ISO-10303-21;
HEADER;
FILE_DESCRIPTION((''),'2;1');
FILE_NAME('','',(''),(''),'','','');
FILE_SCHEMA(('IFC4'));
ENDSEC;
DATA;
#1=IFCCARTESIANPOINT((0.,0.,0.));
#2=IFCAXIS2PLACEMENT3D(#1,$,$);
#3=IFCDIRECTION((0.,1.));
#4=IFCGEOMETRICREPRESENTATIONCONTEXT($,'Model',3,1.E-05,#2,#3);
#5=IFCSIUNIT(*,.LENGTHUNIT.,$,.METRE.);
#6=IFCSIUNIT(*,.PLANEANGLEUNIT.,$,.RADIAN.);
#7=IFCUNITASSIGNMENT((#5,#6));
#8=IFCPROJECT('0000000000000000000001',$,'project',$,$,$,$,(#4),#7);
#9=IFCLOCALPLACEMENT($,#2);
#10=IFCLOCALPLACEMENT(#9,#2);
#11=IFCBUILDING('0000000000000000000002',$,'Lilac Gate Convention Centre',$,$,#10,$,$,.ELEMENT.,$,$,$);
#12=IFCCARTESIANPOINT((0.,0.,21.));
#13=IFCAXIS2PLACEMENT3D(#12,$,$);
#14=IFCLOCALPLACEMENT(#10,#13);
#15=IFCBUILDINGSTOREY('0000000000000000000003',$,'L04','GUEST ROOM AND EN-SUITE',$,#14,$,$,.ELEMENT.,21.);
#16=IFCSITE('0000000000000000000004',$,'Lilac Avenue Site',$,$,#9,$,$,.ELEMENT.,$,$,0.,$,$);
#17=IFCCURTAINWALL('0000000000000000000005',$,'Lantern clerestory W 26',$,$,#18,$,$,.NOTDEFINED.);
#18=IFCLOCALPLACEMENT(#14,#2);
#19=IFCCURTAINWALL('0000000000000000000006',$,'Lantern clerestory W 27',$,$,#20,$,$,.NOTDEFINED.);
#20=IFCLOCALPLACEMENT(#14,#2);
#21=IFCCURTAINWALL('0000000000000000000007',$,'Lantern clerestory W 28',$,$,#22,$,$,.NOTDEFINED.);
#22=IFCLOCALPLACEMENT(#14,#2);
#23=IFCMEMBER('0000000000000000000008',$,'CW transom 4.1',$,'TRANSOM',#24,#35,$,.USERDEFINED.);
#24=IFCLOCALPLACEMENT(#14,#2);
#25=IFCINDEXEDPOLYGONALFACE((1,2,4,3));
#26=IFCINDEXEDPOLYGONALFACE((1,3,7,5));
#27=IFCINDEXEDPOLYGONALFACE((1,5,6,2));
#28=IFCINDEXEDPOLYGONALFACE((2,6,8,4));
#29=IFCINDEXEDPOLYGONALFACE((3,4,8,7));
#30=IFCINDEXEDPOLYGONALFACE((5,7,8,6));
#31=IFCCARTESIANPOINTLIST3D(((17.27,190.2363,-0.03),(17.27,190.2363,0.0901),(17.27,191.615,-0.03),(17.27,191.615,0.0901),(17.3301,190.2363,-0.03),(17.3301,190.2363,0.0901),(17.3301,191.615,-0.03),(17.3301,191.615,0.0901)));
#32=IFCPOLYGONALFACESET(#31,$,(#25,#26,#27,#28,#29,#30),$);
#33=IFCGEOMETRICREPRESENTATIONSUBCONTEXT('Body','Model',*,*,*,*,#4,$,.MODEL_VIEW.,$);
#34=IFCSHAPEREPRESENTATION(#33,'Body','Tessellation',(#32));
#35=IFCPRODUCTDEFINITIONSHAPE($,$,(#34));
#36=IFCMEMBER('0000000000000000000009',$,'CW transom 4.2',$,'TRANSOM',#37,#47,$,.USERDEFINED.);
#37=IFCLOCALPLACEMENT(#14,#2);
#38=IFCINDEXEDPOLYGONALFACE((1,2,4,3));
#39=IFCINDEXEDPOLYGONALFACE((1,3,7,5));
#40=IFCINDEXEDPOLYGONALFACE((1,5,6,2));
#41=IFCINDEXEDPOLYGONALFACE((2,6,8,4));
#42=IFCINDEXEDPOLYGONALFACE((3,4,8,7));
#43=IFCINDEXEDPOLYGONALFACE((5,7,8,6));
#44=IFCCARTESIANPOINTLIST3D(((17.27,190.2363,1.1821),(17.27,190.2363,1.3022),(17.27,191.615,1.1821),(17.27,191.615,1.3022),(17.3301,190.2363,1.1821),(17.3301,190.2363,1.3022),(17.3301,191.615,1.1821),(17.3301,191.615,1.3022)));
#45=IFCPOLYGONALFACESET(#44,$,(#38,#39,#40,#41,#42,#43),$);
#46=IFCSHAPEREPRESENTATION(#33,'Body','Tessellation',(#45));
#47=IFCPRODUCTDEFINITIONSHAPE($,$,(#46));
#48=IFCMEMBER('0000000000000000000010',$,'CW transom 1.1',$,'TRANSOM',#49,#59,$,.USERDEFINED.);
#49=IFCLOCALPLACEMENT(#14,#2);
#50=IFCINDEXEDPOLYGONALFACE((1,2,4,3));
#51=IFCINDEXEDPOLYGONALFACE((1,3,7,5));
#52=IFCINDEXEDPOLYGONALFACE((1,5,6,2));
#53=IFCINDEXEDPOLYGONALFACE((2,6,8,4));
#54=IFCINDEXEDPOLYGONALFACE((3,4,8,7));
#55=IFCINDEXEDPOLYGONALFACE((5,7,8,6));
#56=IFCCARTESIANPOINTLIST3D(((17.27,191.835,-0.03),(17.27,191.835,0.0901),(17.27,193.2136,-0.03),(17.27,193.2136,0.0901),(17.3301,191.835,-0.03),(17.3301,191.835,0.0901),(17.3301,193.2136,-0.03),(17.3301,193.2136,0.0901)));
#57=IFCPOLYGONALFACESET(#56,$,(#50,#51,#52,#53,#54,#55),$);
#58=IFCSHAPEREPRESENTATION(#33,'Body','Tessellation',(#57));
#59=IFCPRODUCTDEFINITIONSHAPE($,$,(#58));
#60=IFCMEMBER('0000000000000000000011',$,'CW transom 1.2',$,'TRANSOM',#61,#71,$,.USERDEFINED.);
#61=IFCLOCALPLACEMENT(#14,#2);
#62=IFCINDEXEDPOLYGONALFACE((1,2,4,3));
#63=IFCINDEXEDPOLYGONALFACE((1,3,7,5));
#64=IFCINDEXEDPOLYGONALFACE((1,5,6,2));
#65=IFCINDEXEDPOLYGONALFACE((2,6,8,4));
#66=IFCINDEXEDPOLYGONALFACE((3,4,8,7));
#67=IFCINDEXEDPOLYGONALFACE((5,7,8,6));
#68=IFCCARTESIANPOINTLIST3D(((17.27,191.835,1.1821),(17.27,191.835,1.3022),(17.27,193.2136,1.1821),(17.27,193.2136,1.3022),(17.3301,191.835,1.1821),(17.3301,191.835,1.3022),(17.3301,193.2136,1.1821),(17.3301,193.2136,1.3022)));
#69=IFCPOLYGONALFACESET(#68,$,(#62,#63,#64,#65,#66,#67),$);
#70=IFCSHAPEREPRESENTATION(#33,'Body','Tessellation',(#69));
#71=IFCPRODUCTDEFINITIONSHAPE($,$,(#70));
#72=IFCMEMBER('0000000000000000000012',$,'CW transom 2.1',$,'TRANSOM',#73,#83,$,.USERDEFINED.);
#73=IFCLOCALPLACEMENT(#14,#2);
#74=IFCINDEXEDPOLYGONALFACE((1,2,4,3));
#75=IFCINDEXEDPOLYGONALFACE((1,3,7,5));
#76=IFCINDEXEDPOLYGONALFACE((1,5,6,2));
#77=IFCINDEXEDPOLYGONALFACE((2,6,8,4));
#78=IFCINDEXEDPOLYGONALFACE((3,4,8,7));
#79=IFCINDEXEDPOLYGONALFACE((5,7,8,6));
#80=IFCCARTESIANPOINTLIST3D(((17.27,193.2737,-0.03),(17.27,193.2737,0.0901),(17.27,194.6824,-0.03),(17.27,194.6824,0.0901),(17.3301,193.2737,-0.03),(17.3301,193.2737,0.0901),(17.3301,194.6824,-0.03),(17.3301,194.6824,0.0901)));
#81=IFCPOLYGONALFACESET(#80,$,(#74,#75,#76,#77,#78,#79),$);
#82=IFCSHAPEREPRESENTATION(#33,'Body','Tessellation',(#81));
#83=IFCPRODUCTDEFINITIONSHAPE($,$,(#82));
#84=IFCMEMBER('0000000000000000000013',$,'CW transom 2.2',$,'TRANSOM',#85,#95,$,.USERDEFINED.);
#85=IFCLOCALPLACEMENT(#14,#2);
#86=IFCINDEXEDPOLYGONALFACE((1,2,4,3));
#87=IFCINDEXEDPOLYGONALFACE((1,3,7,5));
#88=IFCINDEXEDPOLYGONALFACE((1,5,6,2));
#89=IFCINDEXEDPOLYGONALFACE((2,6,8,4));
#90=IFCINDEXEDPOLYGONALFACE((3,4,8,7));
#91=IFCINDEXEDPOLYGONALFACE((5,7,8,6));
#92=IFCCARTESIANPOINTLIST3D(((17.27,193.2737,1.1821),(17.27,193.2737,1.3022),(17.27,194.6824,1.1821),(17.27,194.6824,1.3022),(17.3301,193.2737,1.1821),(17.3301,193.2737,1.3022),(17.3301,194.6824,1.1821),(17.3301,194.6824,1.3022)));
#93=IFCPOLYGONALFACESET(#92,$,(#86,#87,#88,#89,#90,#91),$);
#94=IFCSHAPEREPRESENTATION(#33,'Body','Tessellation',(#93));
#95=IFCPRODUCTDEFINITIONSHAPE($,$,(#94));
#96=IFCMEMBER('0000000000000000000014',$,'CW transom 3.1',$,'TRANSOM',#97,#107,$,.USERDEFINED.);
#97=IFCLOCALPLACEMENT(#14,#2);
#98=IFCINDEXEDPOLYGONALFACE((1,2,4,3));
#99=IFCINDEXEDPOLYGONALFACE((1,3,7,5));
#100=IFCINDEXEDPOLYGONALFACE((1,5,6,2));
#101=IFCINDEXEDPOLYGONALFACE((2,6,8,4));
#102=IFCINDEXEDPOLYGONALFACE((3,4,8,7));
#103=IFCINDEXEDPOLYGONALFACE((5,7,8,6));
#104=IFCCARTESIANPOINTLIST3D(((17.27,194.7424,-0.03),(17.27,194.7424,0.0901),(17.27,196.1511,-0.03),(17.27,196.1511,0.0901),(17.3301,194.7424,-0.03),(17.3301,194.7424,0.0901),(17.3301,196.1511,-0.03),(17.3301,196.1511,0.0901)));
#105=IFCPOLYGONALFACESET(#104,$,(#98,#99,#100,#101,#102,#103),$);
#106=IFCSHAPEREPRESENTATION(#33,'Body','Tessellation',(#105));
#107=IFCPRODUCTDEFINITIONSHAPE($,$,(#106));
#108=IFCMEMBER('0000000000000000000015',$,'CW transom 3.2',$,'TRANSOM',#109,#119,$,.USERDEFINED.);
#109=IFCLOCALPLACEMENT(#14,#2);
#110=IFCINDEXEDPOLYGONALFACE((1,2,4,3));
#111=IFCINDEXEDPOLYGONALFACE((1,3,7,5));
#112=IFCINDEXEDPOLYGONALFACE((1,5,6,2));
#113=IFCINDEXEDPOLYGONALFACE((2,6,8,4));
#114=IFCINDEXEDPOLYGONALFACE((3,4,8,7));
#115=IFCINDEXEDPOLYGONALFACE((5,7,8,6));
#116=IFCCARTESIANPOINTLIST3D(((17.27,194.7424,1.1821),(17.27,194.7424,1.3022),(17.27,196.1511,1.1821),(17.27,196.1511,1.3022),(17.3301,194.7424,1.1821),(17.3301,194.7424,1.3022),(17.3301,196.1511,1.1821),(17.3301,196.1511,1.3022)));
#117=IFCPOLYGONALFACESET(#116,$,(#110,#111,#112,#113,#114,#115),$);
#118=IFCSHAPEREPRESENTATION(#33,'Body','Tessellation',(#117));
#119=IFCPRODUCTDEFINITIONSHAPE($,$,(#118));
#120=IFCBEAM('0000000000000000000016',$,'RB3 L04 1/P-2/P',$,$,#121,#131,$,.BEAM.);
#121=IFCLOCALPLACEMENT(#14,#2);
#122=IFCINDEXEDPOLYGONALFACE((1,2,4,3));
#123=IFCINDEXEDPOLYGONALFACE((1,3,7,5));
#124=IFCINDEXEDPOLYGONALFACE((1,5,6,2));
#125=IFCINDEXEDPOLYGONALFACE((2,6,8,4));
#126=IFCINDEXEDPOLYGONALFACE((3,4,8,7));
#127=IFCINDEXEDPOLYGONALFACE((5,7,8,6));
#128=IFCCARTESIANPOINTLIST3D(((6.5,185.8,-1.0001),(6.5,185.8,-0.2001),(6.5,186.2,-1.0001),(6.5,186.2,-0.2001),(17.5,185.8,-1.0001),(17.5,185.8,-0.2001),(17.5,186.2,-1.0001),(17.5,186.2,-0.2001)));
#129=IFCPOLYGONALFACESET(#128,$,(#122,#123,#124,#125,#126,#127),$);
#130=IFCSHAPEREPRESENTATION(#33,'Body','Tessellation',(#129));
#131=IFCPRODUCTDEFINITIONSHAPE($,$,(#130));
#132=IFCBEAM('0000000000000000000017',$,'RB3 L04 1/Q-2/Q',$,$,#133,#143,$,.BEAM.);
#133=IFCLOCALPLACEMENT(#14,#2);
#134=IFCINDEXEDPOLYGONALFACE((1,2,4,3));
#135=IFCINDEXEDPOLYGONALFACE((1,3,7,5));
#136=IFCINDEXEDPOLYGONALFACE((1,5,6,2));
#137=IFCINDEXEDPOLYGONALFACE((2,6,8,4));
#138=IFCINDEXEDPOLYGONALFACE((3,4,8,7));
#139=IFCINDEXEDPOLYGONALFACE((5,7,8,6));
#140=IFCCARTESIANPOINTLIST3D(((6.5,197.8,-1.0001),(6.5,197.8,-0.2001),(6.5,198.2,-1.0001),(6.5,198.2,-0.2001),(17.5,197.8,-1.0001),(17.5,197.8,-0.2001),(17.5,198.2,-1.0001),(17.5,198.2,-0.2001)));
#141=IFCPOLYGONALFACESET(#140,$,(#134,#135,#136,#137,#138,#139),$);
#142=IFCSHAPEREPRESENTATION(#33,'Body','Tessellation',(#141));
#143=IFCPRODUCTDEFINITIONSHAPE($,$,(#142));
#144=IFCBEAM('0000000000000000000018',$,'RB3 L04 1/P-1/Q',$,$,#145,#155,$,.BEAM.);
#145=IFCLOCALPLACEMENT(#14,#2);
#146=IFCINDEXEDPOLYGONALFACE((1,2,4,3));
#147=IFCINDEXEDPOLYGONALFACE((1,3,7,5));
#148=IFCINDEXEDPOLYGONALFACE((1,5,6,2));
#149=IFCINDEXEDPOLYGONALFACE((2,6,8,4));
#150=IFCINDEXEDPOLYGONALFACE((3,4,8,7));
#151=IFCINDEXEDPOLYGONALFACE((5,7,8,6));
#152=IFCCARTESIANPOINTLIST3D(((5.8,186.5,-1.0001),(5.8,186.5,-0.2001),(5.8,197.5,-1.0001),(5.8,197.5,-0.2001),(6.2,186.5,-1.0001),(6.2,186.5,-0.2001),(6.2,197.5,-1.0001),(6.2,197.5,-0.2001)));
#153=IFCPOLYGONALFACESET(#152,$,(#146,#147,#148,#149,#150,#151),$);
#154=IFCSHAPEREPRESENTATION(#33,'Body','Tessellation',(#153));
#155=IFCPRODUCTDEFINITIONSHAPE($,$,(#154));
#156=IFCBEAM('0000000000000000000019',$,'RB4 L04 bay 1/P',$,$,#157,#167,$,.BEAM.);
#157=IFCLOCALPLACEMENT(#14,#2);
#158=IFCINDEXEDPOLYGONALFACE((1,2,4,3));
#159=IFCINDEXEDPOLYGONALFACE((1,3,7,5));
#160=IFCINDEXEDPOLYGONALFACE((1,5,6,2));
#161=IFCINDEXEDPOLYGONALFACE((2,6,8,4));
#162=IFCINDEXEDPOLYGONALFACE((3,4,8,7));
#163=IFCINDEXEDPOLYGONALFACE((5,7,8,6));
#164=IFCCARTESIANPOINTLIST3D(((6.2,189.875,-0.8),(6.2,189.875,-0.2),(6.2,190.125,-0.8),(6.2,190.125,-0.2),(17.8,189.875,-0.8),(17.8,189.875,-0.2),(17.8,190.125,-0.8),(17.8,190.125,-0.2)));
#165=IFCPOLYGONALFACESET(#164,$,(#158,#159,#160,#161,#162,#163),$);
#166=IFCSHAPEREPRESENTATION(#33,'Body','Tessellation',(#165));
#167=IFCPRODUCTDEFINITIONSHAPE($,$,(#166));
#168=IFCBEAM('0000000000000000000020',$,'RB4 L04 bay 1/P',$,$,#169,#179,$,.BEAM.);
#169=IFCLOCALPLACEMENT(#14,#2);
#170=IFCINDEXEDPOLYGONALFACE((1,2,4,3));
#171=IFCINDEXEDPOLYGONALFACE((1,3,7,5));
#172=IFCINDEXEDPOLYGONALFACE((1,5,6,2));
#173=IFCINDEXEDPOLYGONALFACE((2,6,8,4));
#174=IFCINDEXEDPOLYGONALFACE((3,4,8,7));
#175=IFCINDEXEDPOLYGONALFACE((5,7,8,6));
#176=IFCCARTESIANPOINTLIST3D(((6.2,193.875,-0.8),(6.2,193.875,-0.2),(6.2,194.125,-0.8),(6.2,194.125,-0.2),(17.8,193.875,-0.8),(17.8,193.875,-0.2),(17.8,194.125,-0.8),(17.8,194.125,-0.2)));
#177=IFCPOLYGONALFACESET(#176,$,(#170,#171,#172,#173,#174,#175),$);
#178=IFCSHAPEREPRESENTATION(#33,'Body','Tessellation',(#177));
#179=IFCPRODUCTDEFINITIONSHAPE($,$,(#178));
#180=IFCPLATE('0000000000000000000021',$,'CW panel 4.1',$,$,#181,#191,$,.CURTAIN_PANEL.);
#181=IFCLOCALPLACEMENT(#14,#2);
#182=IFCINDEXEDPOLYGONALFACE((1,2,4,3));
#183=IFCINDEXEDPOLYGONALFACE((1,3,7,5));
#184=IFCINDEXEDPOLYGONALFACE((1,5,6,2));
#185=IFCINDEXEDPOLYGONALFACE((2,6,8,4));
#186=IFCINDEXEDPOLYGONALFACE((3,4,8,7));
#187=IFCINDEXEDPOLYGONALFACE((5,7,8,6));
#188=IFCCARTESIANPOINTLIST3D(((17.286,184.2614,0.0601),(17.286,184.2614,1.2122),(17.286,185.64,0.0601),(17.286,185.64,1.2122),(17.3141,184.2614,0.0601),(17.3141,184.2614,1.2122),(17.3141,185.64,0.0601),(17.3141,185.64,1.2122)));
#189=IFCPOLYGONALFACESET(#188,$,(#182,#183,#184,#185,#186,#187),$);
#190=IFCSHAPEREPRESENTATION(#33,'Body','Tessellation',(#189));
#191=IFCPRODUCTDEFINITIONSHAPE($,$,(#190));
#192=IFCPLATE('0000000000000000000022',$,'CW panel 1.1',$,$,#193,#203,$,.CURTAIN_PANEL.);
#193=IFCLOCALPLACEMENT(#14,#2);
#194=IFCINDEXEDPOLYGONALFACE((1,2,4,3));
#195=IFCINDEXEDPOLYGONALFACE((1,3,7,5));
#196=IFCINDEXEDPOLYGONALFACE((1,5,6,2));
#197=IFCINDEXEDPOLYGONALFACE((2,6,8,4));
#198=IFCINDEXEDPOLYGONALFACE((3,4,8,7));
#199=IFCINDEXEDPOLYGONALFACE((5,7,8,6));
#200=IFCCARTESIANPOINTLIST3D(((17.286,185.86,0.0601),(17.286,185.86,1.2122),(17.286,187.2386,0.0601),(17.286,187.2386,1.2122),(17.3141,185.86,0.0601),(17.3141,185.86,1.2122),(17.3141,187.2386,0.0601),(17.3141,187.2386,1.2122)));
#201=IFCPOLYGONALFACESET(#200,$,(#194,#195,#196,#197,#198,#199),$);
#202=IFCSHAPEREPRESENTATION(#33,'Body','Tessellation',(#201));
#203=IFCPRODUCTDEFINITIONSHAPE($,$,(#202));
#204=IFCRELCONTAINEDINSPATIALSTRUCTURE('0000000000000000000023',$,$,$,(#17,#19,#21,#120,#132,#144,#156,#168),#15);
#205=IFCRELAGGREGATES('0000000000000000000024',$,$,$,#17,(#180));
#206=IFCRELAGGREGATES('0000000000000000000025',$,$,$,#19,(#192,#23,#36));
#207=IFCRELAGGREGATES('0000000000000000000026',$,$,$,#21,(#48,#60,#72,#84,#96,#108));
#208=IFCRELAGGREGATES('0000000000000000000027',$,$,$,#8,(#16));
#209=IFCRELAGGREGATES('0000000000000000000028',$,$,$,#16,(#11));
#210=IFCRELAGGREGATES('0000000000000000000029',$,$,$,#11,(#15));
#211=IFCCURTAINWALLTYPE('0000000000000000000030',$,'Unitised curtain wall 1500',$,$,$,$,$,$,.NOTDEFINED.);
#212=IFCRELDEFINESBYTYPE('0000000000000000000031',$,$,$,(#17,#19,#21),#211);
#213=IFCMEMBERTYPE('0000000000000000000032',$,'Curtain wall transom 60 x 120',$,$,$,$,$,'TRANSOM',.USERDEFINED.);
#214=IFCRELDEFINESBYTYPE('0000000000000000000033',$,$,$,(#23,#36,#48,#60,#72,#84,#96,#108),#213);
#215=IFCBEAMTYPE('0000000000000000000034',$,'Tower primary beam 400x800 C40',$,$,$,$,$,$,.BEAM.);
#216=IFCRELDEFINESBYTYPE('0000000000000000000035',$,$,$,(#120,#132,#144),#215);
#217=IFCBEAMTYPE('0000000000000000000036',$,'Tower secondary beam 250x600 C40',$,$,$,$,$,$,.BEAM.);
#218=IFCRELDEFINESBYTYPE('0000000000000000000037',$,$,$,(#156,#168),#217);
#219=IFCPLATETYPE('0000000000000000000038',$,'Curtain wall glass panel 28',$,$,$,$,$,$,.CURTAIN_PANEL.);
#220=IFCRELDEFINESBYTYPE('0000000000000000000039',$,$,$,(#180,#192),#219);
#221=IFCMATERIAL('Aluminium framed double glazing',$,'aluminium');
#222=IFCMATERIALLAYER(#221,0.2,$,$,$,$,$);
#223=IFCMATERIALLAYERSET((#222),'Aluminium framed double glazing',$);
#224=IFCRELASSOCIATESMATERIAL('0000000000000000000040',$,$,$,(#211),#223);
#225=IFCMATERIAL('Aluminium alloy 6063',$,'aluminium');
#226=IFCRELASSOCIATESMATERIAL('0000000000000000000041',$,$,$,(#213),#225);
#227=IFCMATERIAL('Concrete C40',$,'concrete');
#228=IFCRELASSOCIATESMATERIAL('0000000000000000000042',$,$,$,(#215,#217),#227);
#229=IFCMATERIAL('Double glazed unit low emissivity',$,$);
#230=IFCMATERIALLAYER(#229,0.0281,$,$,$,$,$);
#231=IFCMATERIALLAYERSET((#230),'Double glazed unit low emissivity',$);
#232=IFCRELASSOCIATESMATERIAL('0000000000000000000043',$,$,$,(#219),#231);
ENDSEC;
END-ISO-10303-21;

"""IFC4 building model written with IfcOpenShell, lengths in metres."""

from ifc_helpers import new_model, si_unit, direction, frame, origin, origin_2d, place, context, subcontext, project, spatial, rectangle, extrude, material, layer, layer_set, material_profile, profile_set, type_object, element, aggregate, save


model = new_model("IFC4")

# Units and contexts
model_context = context("Model", 3, precision=1e-05, world=origin(), true_north=direction((0.0, 1.0)))
body_context = subcontext(model_context, "Body", "Model", "MODEL_VIEW")
ifc_project = project(units=[si_unit("LENGTHUNIT", "METRE"), si_unit("PLANEANGLEUNIT", "RADIAN")], contexts=[model_context])

# Site, building, storey
site_placement = place(None, origin())
site = spatial("IfcSite", under=ifc_project, at=site_placement, Name="Lilac Avenue Site", CompositionType="ELEMENT", RefElevation=0.0)
building_placement = place(site_placement, origin())
building = spatial("IfcBuilding", under=site, at=building_placement, Name="Lilac Gate Convention Centre", CompositionType="ELEMENT")
storey_placement = place(building_placement, frame((0.0, 0.0, 21.0)))
storey = spatial("IfcBuildingStorey", under=building, at=storey_placement, Name="L04", Description="GUEST ROOM AND EN-SUITE", CompositionType="ELEMENT", Elevation=21.0)

# Curtain wall
ifc_material_1 = material(Name="Aluminium framed double glazing", Category="aluminium")
ifc_layer_1 = layer(ifc_material_1, 0.2)
ifc_layer_set_1 = layer_set([ifc_layer_1], Name="Aluminium framed double glazing")
curtain_wall_type = type_object("IfcCurtainWallType", Name="Unitised curtain wall 1500", PredefinedType="NOTDEFINED", material=ifc_layer_set_1)
curtain_wall_1_placement = place(storey_placement, origin())
curtain_wall_1 = element("IfcCurtainWall", 1, at=curtain_wall_1_placement, inside=storey, type_object=curtain_wall_type, Name="Lantern clerestory W 26", PredefinedType="NOTDEFINED")
ifc_material_2 = material(Name="Aluminium alloy 6063", Category="aluminium")

# Curtain walls
curtain_wall_2_placement = place(storey_placement, origin())
curtain_wall_2 = element("IfcCurtainWall", 2, at=curtain_wall_2_placement, inside=storey, type_object=curtain_wall_type, Name="Lantern clerestory W 27", PredefinedType="NOTDEFINED")
curtain_wall_3_placement = place(storey_placement, origin())
curtain_wall_3 = element("IfcCurtainWall", 3, at=curtain_wall_3_placement, inside=storey, type_object=curtain_wall_type, Name="Lantern clerestory W 28", PredefinedType="NOTDEFINED")

# Members
ifc_material_profile_1 = material_profile(ifc_material_2, rectangle(XDim=0.0601, YDim=0.1201, at=origin_2d()), Name="Curtain wall transom 60 x 120")
ifc_profile_set_1 = profile_set([ifc_material_profile_1], Name="Aluminium alloy 6063")
member_type_1 = type_object("IfcMemberType", Name="Curtain wall transom 60 x 120", ElementType="TRANSOM", PredefinedType="USERDEFINED", material=ifc_profile_set_1)
member_1_placement = place(storey_placement, frame((17.3, 190.2363, 0.03), z_axis=(0.0, 1.0, 0.0), x_axis=(-1.0, 0.0, 0.0)))
member_1 = element("IfcMember", 4, at=member_1_placement, type_object=member_type_1, Name="CW transom 4.1", ObjectType="TRANSOM", PredefinedType="USERDEFINED", context=body_context, shape_type="SweptSolid", body=[
    extrude(rectangle(XDim=0.0601, YDim=0.1201, at=origin_2d()), origin(), (0.0, 0.0, 1.0), 1.3787),
])
member_2_placement = place(storey_placement, frame((17.3, 190.2363, 1.2422), z_axis=(0.0, 1.0, 0.0), x_axis=(-1.0, 0.0, 0.0)))
member_2 = element("IfcMember", 5, at=member_2_placement, type_object=member_type_1, Name="CW transom 4.2", ObjectType="TRANSOM", PredefinedType="USERDEFINED", context=body_context, shape_type="SweptSolid", body=[
    extrude(rectangle(XDim=0.0601, YDim=0.1201, at=origin_2d()), origin(), (0.0, 0.0, 1.0), 1.3787),
])
member_3_placement = place(storey_placement, frame((17.3, 191.835, 0.03), z_axis=(0.0, 1.0, 0.0), x_axis=(-1.0, 0.0, 0.0)))
member_3 = element("IfcMember", 6, at=member_3_placement, type_object=member_type_1, Name="CW transom 1.1", ObjectType="TRANSOM", PredefinedType="USERDEFINED", context=body_context, shape_type="SweptSolid", body=[
    extrude(rectangle(XDim=0.0601, YDim=0.1201, at=origin_2d()), origin(), (0.0, 0.0, 1.0), 1.3787),
])
member_4_placement = place(storey_placement, frame((17.3, 191.835, 1.2422), z_axis=(0.0, 1.0, 0.0), x_axis=(-1.0, 0.0, 0.0)))
member_4 = element("IfcMember", 7, at=member_4_placement, type_object=member_type_1, Name="CW transom 1.2", ObjectType="TRANSOM", PredefinedType="USERDEFINED", context=body_context, shape_type="SweptSolid", body=[
    extrude(rectangle(XDim=0.0601, YDim=0.1201, at=origin_2d()), origin(), (0.0, 0.0, 1.0), 1.3787),
])
member_5_placement = place(storey_placement, frame((17.3, 193.2737, 0.03), z_axis=(0.0, 1.0, 0.0), x_axis=(-1.0, 0.0, 0.0)))
member_5 = element("IfcMember", 8, at=member_5_placement, type_object=member_type_1, Name="CW transom 2.1", ObjectType="TRANSOM", PredefinedType="USERDEFINED", context=body_context, shape_type="SweptSolid", body=[
    extrude(rectangle(XDim=0.0601, YDim=0.1201, at=origin_2d()), origin(), (0.0, 0.0, 1.0), 1.4087),
])
member_6_placement = place(storey_placement, frame((17.3, 193.2737, 1.2422), z_axis=(0.0, 1.0, 0.0), x_axis=(-1.0, 0.0, 0.0)))
member_6 = element("IfcMember", 9, at=member_6_placement, type_object=member_type_1, Name="CW transom 2.2", ObjectType="TRANSOM", PredefinedType="USERDEFINED", context=body_context, shape_type="SweptSolid", body=[
    extrude(rectangle(XDim=0.0601, YDim=0.1201, at=origin_2d()), origin(), (0.0, 0.0, 1.0), 1.4087),
])
member_7_placement = place(storey_placement, frame((17.3, 194.7424, 0.03), z_axis=(0.0, 1.0, 0.0), x_axis=(-1.0, 0.0, 0.0)))
member_7 = element("IfcMember", 10, at=member_7_placement, type_object=member_type_1, Name="CW transom 3.1", ObjectType="TRANSOM", PredefinedType="USERDEFINED", context=body_context, shape_type="SweptSolid", body=[
    extrude(rectangle(XDim=0.0601, YDim=0.1201, at=origin_2d()), origin(), (0.0, 0.0, 1.0), 1.4087),
])
member_8_placement = place(storey_placement, frame((17.3, 194.7424, 1.2422), z_axis=(0.0, 1.0, 0.0), x_axis=(-1.0, 0.0, 0.0)))
member_8 = element("IfcMember", 11, at=member_8_placement, type_object=member_type_1, Name="CW transom 3.2", ObjectType="TRANSOM", PredefinedType="USERDEFINED", context=body_context, shape_type="SweptSolid", body=[
    extrude(rectangle(XDim=0.0601, YDim=0.1201, at=origin_2d()), origin(), (0.0, 0.0, 1.0), 1.4087),
])

# Beams
ifc_material_3 = material(Name="Concrete C40", Category="concrete")
ifc_material_profile_2 = material_profile(ifc_material_3, rectangle(XDim=0.3999, YDim=0.8, at=origin_2d()), Name="RC 400x800")
ifc_profile_set_2 = profile_set([ifc_material_profile_2], Name="Concrete C40")
beam_type_1 = type_object("IfcBeamType", Name="Tower primary beam 400x800 C40", PredefinedType="BEAM", material=ifc_profile_set_2)
for number, where, z_axis, x_axis, name in (
    (12, (6.5, 186.0, -0.6001), (1.0, 0.0, 0.0), (0.0, 1.0, 0.0), "RB3 L04 1/P-2/P"),
    (13, (6.5, 198.0, -0.6001), (1.0, 0.0, 0.0), (0.0, 1.0, 0.0), "RB3 L04 1/Q-2/Q"),
    (14, (6.0, 186.5, -0.6001), (0.0, 1.0, 0.0), (-1.0, 0.0, 0.0), "RB3 L04 1/P-1/Q"),
):
    element("IfcBeam", number, at=place(storey_placement, frame(where, z_axis=z_axis, x_axis=x_axis)), inside=storey, type_object=beam_type_1, Name=name, PredefinedType="BEAM", context=body_context, shape_type="SweptSolid", body=[
        extrude(rectangle(XDim=0.3999, YDim=0.8, at=origin_2d()), origin(), (0.0, 0.0, 1.0), 11.0),
    ])
ifc_material_profile_3 = material_profile(ifc_material_3, rectangle(XDim=0.25, YDim=0.6001, at=origin_2d()), Name="RC 250x600")
ifc_profile_set_3 = profile_set([ifc_material_profile_3], Name="Concrete C40")
beam_type_2 = type_object("IfcBeamType", Name="Tower secondary beam 250x600 C40", PredefinedType="BEAM", material=ifc_profile_set_3)
for number, where, z_axis, x_axis, name in (
    (15, (6.2, 190.0, -0.5), (1.0, 0.0, 0.0), (0.0, 1.0, 0.0), "RB4 L04 bay 1/P"),
    (16, (6.2, 194.0, -0.5), (1.0, 0.0, 0.0), (0.0, 1.0, 0.0), "RB4 L04 bay 1/P"),
):
    element("IfcBeam", number, at=place(storey_placement, frame(where, z_axis=z_axis, x_axis=x_axis)), inside=storey, type_object=beam_type_2, Name=name, PredefinedType="BEAM", context=body_context, shape_type="SweptSolid", body=[
        extrude(rectangle(XDim=0.25, YDim=0.6001, at=origin_2d()), origin(), (0.0, 0.0, 1.0), 11.6001),
    ])

# Plates
ifc_material_4 = material(Name="Double glazed unit low emissivity")
ifc_layer_2 = layer(ifc_material_4, 0.0281)
ifc_layer_set_2 = layer_set([ifc_layer_2], Name="Double glazed unit low emissivity")
plate_type = type_object("IfcPlateType", Name="Curtain wall glass panel 28", PredefinedType="CURTAIN_PANEL", material=ifc_layer_set_2)
plate_1_placement = place(storey_placement, frame((17.3, 184.9507, 0.0601), z_axis=(0.0, 0.0, 1.0), x_axis=(0.0, 1.0, 0.0)))
plate_1 = element("IfcPlate", 17, at=plate_1_placement, type_object=plate_type, Name="CW panel 4.1", PredefinedType="CURTAIN_PANEL", context=body_context, shape_type="SweptSolid", body=[
    extrude(rectangle(XDim=1.3787, YDim=0.0281, at=origin_2d()), origin(), (0.0, 0.0, 1.0), 1.1521),
])
aggregate(curtain_wall_1, [plate_1])
plate_2_placement = place(storey_placement, frame((17.3, 186.5493, 0.0601), z_axis=(0.0, 0.0, 1.0), x_axis=(0.0, 1.0, 0.0)))
plate_2 = element("IfcPlate", 18, at=plate_2_placement, type_object=plate_type, Name="CW panel 1.1", PredefinedType="CURTAIN_PANEL", context=body_context, shape_type="SweptSolid", body=[
    extrude(rectangle(XDim=1.3787, YDim=0.0281, at=origin_2d()), origin(), (0.0, 0.0, 1.0), 1.1521),
])
aggregate(curtain_wall_2, [plate_2, member_1, member_2])
aggregate(curtain_wall_3, [member_3, member_4, member_5, member_6, member_7, member_8])

save(model, "model.ifc")
